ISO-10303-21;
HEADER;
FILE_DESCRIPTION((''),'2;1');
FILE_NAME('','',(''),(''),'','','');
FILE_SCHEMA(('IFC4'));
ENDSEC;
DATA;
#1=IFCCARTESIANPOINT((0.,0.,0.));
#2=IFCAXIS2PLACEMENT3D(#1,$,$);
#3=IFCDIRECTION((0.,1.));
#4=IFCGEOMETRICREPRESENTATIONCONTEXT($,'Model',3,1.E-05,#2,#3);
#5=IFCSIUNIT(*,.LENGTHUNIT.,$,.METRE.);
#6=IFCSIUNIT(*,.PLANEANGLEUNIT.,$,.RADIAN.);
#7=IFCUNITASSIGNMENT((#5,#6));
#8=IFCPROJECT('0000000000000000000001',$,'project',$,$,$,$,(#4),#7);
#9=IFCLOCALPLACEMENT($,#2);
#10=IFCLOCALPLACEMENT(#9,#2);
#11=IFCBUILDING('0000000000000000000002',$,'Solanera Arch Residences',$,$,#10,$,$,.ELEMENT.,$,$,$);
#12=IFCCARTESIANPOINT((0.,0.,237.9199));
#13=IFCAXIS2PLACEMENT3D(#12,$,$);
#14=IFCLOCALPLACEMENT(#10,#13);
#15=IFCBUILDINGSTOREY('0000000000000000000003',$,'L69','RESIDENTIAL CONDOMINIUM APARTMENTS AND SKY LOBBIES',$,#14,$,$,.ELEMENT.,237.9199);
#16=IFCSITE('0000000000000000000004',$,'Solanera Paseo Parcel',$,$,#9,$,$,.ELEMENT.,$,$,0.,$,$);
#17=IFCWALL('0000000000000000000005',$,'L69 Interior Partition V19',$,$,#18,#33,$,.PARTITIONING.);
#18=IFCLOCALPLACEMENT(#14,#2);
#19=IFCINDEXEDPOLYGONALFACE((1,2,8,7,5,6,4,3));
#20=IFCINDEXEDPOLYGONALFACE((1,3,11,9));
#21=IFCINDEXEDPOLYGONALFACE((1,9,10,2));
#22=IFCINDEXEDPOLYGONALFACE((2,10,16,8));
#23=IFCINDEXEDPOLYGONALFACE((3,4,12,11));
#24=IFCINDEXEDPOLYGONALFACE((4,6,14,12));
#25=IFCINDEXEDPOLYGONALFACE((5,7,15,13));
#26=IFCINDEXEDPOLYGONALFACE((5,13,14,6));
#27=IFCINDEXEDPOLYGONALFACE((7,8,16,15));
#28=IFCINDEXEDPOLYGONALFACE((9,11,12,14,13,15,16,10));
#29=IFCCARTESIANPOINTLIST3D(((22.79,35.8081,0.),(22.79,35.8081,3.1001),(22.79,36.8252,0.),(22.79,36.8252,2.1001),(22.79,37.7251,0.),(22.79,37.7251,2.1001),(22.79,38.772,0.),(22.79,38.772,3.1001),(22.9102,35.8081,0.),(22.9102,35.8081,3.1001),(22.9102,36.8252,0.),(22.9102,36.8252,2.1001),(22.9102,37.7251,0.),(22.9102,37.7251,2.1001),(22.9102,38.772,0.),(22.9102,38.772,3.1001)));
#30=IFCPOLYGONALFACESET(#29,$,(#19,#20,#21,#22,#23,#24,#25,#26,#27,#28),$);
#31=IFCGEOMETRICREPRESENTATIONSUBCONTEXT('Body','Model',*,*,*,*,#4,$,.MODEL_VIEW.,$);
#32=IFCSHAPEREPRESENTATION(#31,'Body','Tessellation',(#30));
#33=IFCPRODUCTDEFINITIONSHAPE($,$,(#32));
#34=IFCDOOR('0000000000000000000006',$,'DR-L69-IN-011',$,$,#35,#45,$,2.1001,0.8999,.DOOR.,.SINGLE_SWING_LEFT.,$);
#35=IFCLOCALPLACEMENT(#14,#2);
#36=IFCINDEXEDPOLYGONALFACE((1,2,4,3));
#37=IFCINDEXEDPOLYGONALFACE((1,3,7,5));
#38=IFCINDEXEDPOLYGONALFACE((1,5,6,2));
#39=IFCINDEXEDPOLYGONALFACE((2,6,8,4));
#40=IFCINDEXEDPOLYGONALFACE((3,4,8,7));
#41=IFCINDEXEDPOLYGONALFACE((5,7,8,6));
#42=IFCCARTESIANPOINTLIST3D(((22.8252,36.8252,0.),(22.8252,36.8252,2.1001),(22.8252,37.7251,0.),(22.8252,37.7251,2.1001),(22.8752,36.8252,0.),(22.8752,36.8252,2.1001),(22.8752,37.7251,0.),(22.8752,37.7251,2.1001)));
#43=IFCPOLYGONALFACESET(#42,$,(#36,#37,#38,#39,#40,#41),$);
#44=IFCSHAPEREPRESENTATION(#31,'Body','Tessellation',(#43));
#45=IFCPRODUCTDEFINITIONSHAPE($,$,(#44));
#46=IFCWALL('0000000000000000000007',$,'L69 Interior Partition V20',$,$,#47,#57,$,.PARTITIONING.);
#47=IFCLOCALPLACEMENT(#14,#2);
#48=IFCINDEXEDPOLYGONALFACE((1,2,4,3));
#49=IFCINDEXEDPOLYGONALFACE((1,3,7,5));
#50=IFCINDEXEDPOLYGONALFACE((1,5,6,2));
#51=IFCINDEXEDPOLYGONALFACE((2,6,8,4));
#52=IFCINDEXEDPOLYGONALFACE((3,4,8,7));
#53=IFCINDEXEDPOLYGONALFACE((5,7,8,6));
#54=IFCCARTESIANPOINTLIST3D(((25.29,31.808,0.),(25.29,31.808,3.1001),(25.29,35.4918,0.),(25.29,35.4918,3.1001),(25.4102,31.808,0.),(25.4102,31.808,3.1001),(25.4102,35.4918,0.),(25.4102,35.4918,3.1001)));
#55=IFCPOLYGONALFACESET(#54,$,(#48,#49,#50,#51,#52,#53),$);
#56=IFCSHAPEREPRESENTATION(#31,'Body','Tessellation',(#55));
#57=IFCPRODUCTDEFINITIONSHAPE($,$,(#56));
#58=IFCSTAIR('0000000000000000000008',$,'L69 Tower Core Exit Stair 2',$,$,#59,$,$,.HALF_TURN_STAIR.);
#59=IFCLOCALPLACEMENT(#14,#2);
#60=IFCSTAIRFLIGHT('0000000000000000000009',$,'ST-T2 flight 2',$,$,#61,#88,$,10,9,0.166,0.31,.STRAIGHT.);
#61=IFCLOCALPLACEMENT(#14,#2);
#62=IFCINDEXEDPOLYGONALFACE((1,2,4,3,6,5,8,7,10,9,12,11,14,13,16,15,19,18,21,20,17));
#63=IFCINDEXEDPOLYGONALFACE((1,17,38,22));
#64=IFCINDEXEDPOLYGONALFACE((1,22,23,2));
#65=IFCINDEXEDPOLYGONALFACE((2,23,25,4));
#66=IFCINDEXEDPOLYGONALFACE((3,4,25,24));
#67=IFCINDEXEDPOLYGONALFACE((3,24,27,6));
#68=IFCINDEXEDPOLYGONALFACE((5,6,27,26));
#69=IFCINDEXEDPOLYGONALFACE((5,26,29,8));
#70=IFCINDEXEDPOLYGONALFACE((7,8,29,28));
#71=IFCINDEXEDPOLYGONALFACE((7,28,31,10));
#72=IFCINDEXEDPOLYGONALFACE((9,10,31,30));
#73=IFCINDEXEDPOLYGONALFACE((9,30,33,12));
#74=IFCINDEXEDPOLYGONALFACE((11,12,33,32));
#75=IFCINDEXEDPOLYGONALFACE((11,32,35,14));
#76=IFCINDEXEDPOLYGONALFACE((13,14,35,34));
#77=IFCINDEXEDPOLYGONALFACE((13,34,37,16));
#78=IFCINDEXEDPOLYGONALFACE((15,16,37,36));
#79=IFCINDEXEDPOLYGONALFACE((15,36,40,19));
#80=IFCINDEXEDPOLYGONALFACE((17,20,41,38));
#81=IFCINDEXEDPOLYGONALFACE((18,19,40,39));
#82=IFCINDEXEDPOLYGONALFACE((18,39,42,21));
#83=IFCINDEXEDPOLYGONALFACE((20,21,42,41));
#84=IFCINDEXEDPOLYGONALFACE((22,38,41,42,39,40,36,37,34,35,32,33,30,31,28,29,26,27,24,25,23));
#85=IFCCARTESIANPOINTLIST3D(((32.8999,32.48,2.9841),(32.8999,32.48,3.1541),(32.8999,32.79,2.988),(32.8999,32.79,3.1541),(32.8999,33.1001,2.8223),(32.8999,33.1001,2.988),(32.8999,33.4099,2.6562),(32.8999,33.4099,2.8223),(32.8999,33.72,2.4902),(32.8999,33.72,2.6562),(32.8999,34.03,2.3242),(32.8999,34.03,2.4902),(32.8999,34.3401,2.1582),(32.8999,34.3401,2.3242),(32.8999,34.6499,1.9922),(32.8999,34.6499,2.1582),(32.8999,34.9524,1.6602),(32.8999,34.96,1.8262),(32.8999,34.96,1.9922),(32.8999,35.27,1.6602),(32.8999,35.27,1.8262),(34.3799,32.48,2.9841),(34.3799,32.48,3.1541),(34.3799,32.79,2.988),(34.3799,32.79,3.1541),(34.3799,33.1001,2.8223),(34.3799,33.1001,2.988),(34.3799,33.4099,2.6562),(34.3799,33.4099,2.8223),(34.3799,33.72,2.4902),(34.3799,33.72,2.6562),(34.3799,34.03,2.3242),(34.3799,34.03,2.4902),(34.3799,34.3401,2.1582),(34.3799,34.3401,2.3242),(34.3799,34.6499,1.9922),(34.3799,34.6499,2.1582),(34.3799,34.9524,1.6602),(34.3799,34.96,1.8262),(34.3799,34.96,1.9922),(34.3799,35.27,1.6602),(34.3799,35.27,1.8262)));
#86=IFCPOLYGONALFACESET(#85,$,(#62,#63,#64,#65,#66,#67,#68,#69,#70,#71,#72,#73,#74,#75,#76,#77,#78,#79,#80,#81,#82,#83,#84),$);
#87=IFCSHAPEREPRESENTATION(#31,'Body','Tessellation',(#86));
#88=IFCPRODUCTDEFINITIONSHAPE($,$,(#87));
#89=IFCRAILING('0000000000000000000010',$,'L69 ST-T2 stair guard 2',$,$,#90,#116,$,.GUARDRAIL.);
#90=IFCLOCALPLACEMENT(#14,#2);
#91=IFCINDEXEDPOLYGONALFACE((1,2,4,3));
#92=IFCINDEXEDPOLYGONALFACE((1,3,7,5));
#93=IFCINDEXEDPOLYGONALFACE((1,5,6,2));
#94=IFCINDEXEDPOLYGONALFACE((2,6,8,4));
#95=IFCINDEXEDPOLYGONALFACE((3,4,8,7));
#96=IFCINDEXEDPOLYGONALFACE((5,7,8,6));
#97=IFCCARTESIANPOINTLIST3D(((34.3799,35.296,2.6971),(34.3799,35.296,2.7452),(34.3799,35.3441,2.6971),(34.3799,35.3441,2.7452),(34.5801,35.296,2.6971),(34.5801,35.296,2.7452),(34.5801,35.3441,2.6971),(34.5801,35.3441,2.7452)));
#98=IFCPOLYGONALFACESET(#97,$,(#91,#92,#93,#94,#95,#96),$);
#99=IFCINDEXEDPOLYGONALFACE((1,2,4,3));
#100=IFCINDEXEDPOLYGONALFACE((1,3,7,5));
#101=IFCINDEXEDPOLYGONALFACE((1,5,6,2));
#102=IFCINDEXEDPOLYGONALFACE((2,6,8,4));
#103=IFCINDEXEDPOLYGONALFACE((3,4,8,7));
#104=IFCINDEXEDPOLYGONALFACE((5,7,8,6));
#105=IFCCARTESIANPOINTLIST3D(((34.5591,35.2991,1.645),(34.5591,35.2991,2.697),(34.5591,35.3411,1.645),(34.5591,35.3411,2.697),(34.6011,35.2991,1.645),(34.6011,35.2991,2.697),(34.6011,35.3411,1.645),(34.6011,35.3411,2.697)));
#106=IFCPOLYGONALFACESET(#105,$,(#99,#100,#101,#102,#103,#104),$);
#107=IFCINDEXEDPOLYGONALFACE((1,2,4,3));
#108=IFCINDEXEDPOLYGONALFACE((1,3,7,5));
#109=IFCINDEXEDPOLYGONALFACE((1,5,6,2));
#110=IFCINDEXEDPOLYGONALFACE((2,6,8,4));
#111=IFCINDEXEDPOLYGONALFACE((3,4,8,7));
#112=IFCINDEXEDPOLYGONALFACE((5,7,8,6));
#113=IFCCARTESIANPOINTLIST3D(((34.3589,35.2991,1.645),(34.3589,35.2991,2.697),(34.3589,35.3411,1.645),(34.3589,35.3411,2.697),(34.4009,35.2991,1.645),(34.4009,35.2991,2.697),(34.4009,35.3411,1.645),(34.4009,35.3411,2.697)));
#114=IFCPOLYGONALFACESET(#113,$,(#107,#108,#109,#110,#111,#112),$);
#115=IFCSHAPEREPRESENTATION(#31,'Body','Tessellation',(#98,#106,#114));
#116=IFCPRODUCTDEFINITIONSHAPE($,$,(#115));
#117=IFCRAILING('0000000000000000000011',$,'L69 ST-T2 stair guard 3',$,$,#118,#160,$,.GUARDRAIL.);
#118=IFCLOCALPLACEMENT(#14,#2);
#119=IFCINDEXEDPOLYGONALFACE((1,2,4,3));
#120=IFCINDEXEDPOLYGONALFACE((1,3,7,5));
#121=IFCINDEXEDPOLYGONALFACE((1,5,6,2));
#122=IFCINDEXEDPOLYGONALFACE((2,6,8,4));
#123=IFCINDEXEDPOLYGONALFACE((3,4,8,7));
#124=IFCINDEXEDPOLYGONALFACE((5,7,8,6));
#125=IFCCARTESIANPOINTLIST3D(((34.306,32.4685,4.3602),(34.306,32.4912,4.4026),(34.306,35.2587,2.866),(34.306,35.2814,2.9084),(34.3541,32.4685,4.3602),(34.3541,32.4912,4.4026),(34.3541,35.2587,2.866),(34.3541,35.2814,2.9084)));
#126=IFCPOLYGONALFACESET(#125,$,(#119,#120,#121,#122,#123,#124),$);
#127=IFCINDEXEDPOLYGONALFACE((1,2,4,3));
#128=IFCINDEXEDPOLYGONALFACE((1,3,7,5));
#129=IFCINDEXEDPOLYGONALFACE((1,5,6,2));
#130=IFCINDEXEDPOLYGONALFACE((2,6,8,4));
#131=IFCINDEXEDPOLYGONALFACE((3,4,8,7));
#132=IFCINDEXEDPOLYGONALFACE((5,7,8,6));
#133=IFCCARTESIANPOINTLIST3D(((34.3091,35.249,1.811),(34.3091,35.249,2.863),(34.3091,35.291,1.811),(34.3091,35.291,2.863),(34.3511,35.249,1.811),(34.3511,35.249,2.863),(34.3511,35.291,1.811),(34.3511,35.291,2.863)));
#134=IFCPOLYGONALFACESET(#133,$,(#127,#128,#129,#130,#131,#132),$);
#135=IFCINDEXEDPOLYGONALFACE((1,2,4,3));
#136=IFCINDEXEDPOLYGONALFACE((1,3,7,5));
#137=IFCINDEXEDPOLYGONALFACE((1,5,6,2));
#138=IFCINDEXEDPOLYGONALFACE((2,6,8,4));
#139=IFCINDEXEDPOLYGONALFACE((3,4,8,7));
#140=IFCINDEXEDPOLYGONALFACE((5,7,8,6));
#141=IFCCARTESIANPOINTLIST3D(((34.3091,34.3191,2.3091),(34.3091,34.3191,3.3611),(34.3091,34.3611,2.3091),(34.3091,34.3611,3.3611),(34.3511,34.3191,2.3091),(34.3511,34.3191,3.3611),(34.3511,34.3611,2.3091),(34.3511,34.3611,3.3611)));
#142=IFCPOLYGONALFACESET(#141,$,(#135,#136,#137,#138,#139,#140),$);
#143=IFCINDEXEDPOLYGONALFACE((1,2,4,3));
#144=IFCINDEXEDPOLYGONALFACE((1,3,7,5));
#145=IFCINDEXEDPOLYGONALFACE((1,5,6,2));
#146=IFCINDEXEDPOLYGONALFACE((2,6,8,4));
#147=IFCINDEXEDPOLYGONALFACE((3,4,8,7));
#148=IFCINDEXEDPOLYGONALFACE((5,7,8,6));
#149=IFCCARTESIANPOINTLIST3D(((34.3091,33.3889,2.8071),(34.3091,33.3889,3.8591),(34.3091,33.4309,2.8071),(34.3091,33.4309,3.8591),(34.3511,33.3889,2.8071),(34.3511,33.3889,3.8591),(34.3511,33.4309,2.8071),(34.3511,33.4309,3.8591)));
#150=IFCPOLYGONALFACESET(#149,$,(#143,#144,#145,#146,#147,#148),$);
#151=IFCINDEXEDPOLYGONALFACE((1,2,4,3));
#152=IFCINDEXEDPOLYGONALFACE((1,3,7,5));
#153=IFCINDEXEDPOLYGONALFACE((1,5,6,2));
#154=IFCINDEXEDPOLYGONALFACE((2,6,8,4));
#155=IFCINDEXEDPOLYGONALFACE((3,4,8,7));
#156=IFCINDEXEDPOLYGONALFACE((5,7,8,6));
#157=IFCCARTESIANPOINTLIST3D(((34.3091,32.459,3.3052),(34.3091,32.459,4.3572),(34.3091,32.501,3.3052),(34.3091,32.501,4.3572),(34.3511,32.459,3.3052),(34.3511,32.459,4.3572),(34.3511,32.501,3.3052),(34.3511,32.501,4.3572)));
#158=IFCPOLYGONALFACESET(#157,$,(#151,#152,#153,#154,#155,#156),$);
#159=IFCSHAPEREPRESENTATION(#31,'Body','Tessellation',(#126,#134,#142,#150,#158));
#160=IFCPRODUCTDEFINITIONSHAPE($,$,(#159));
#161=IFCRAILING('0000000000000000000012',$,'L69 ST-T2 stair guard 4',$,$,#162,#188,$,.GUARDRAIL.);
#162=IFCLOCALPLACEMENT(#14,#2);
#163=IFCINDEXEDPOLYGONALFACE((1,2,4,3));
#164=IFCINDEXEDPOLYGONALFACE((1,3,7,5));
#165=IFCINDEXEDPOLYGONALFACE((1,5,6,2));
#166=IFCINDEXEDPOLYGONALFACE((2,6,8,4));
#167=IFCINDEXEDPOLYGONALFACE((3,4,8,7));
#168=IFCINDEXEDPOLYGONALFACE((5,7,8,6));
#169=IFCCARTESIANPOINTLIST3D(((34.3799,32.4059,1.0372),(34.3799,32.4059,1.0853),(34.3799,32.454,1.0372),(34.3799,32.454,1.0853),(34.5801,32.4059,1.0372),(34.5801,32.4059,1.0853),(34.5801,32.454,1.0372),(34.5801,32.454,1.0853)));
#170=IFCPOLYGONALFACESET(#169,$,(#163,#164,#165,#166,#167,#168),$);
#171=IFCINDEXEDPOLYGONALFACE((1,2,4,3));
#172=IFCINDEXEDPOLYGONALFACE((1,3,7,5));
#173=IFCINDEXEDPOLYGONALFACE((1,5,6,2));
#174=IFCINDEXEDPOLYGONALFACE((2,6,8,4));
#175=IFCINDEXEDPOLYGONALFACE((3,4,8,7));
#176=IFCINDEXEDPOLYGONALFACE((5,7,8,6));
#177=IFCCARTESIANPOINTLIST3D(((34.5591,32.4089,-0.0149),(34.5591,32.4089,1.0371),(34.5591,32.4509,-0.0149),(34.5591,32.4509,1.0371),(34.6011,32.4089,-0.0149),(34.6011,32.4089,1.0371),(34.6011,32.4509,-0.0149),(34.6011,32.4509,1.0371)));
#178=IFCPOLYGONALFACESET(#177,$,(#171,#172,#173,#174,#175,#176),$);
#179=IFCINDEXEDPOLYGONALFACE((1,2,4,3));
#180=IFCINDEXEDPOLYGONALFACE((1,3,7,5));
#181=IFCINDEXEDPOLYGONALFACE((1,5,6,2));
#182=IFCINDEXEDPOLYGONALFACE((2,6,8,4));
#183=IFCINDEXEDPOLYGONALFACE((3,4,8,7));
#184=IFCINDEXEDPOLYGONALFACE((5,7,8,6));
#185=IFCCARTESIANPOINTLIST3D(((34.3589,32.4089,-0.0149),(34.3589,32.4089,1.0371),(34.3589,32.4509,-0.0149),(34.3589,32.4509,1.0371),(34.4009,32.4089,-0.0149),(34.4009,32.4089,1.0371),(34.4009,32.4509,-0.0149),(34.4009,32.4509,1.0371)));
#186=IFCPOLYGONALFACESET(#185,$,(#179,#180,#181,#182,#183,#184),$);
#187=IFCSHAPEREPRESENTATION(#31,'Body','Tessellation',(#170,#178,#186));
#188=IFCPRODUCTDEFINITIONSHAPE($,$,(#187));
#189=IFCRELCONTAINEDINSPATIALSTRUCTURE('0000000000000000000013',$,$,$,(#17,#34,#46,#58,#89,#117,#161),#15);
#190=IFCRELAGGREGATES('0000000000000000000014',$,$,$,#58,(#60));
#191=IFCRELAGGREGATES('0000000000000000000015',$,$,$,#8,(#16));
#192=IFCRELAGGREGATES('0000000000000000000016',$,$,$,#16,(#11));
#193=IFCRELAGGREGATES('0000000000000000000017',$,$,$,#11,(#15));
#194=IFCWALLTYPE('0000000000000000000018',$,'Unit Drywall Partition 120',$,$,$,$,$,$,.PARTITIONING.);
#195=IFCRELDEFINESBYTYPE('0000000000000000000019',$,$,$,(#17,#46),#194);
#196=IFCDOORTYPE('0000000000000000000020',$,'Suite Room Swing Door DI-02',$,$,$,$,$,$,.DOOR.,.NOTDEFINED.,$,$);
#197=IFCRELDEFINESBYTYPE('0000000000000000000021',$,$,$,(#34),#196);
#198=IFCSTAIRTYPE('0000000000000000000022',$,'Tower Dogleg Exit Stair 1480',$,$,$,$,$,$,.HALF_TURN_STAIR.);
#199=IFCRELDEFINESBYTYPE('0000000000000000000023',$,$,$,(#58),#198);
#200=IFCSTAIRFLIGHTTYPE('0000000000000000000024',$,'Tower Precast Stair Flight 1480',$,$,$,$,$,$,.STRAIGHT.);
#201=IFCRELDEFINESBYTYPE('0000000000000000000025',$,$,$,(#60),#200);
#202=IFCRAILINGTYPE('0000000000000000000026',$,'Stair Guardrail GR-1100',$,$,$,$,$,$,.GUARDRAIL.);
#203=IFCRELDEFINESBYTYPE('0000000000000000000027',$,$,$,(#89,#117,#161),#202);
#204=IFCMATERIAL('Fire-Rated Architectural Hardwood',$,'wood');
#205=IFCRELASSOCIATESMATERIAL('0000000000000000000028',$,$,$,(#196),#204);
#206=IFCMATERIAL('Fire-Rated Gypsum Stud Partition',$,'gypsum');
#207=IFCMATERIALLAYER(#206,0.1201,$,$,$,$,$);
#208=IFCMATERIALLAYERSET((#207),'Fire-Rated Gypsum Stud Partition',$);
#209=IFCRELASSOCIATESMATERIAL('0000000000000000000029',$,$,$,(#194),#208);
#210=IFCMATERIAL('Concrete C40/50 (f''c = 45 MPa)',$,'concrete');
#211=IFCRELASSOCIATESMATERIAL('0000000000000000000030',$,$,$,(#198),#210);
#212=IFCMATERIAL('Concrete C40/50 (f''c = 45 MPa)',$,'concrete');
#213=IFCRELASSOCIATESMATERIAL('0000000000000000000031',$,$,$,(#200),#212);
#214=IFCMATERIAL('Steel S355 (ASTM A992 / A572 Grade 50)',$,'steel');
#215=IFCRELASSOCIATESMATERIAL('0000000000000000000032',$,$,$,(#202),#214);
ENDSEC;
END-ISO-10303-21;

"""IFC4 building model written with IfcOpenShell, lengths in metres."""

from ifc_helpers import new_model, si_unit, direction, frame, frame_2d, origin, origin_2d, place, context, subcontext, project, spatial, polyline, rectangle, outline, extrude, material, layer, layer_set, type_object, element, fill, aggregate, save


model = new_model("IFC4")

# Units and contexts
model_context = context("Model", 3, precision=1e-05, world=origin(), true_north=direction((0.0, 1.0)))
body_context = subcontext(model_context, "Body", "Model", "MODEL_VIEW")
ifc_project = project(units=[si_unit("LENGTHUNIT", "METRE"), si_unit("PLANEANGLEUNIT", "RADIAN")], contexts=[model_context])

# Site, building, storey
site_placement = place(None, origin())
site = spatial("IfcSite", under=ifc_project, at=site_placement, Name="Solanera Paseo Parcel", CompositionType="ELEMENT", RefElevation=0.0)
building_placement = place(site_placement, origin())
building = spatial("IfcBuilding", under=site, at=building_placement, Name="Solanera Arch Residences", CompositionType="ELEMENT")
storey_placement = place(building_placement, frame((0.0, 0.0, 237.9199)))
storey = spatial("IfcBuildingStorey", under=building, at=storey_placement, Name="L69", Description="RESIDENTIAL CONDOMINIUM APARTMENTS AND SKY LOBBIES", CompositionType="ELEMENT", Elevation=237.9199)

# Shared definitions
ifc_material_1 = material(Name="Fire-Rated Architectural Hardwood", Category="wood")
door_type_1 = type_object("IfcDoorType", Name="Suite Room Swing Door DI-02", OperationType="NOTDEFINED", PredefinedType="DOOR", material=ifc_material_1)

# Wall, opening, door
ifc_material_2 = material(Name="Fire-Rated Gypsum Stud Partition", Category="gypsum")
ifc_layer_1 = layer(ifc_material_2, 0.1201)
ifc_layer_set_1 = layer_set([ifc_layer_1], Name="Fire-Rated Gypsum Stud Partition")
wall_type_1 = type_object("IfcWallType", Name="Unit Drywall Partition 120", PredefinedType="PARTITIONING", material=ifc_layer_set_1)
wall_1_placement = place(storey_placement, frame((22.8501, 35.8081, 0.0), z_axis=(0.0, 0.0, 1.0), x_axis=(0.0, 1.0, 0.0)))
wall_1 = element("IfcWall", 1, at=wall_1_placement, inside=storey, type_object=wall_type_1, Name="L69 Interior Partition V19", PredefinedType="PARTITIONING", context=body_context, shape_type="SweptSolid", body=[
    extrude(rectangle(XDim=2.9639, YDim=0.1201, at=frame_2d((1.4819, 0.0))), origin(), (0.0, 0.0, 1.0), 3.1001),
])
opening_1_placement = place(wall_1_placement, frame((1.0171, 0.0, 0.0)))
opening_1 = element("IfcOpeningElement", 2, at=opening_1_placement, cuts=wall_1, PredefinedType="OPENING", context=body_context, shape_type="SweptSolid", body=[
    extrude(rectangle(XDim=0.8999, YDim=2.1001, at=frame_2d((0.45, 1.05))), frame((0.0, 0.0701, 0.0), z_axis=(0.0, -1.0, 0.0), x_axis=(1.0, 0.0, 0.0)), (0.0, 0.0, 1.0), 0.1401),
])
door_1_placement = place(opening_1_placement, origin())
door_1 = element("IfcDoor", 3, at=door_1_placement, inside=storey, type_object=door_type_1, Name="DR-L69-IN-011", OperationType="SINGLE_SWING_LEFT", OverallHeight=2.1001, OverallWidth=0.8999, PredefinedType="DOOR", context=body_context, shape_type="SweptSolid", body=[
    extrude(rectangle(XDim=0.8999, YDim=2.1001, at=frame_2d((0.45, 1.05))), frame((0.0, 0.0249, 0.0), z_axis=(0.0, -1.0, 0.0), x_axis=(1.0, 0.0, 0.0)), (0.0, 0.0, 1.0), 0.05),
])
fill(opening_1, door_1)

# Wall
wall_2_placement = place(storey_placement, frame((25.3501, 31.8081, 0.0), z_axis=(0.0, 0.0, 1.0), x_axis=(0.0, 1.0, 0.0)))
element("IfcWall", 4, at=wall_2_placement, inside=storey, type_object=wall_type_1, Name="L69 Interior Partition V20", PredefinedType="PARTITIONING", context=body_context, shape_type="SweptSolid", body=[
    extrude(rectangle(XDim=3.6838, YDim=0.1201, at=frame_2d((1.8418, 0.0))), origin(), (0.0, 0.0, 1.0), 3.1001),
])

# Stair, stair flight
ifc_material_3 = material(Name="Concrete C40/50 (f'c = 45 MPa)", Category="concrete")
stair_type = type_object("IfcStairType", Name="Tower Dogleg Exit Stair 1480", PredefinedType="HALF_TURN_STAIR", material=ifc_material_3)
stair_placement = place(storey_placement, origin())
stair = element("IfcStair", 5, at=stair_placement, inside=storey, type_object=stair_type, Name="L69 Tower Core Exit Stair 2", PredefinedType="HALF_TURN_STAIR")
ifc_material_4 = material(Name="Concrete C40/50 (f'c = 45 MPa)", Category="concrete")
stair_flight_type = type_object("IfcStairFlightType", Name="Tower Precast Stair Flight 1480", PredefinedType="STRAIGHT", material=ifc_material_4)
stair_flight_placement = place(storey_placement, frame((33.6399, 35.27, 1.6602), z_axis=(0.0, 0.0, 1.0), x_axis=(0.0, -1.0, 0.0)))
stair_flight = element("IfcStairFlight", 6, at=stair_flight_placement, type_object=stair_flight_type, Name="ST-T2 flight 2", NumberOfRisers=10, NumberOfTreads=9, PredefinedType="STRAIGHT", RiserHeight=0.166, TreadLength=0.31, context=body_context, shape_type="SweptSolid", body=[
    extrude(outline(polyline([(0.0, 0.0), (0.0, 0.166), (0.3101, 0.166), (0.3101, 0.332), (0.6201, 0.332), (0.6201, 0.498), (0.9299, 0.498), (0.9299, 0.6641), (1.24, 0.6641), (1.24, 0.8301), (1.55, 0.8301), (1.55, 0.9961), (1.8601, 0.9961), (1.8601, 1.1621), (2.1699, 1.1621), (2.1699, 1.3279), (2.48, 1.3279), (2.48, 1.4939), (2.79, 1.4939), (2.79, 1.6599), (2.79, 1.324), (0.3176, 0.0), (0.0, 0.0)])), frame((0.0, 0.74, 0.0), z_axis=(0.0, -1.0, 0.0), x_axis=(1.0, 0.0, 0.0)), (0.0, 0.0, 1.0), 1.48),
])
aggregate(stair, [stair_flight])

# Railings
ifc_material_5 = material(Name="Steel S355 (ASTM A992 / A572 Grade 50)", Category="steel")
railing_type_1 = type_object("IfcRailingType", Name="Stair Guardrail GR-1100", PredefinedType="GUARDRAIL", material=ifc_material_5)
railing_1_placement = place(storey_placement, frame((34.5801, 35.3201, 1.645)))
element("IfcRailing", 7, at=railing_1_placement, inside=storey, type_object=railing_type_1, Name="L69 ST-T2 stair guard 2", PredefinedType="GUARDRAIL", context=body_context, shape_type="SweptSolid", body=[
    extrude(rectangle(XDim=0.0481, YDim=0.0481, at=origin_2d()), frame((0.0, 0.0, 1.0762), z_axis=(-1.0, 0.0, 0.0), x_axis=(0.0, -1.0, 0.0)), (0.0, 0.0, 1.0), 0.2002),
    extrude(rectangle(XDim=0.042, YDim=0.042, at=origin_2d()), origin(), (0.0, 0.0, 1.0), 1.052),
    extrude(rectangle(XDim=0.042, YDim=0.042, at=origin_2d()), frame((-0.2002, 0.0, 0.0)), (0.0, 0.0, 1.0), 1.052),
])
railing_2_placement = place(storey_placement, frame((34.3301, 35.27, 1.811)))
element("IfcRailing", 8, at=railing_2_placement, inside=storey, type_object=railing_type_1, Name="L69 ST-T2 stair guard 3", PredefinedType="GUARDRAIL", context=body_context, shape_type="SweptSolid", body=[
    extrude(rectangle(XDim=0.0481, YDim=0.0481, at=origin_2d()), frame((0.0, 0.0, 1.0762), z_axis=(0.0, -0.881549, 0.472093), x_axis=(1.0, 0.0, 0.0)), (0.0, 0.0, 1.0), 3.165),
    extrude(rectangle(XDim=0.042, YDim=0.042, at=origin_2d()), origin(), (0.0, 0.0, 1.0), 1.052),
    extrude(rectangle(XDim=0.042, YDim=0.042, at=origin_2d()), frame((0.0, -0.9299, 0.498)), (0.0, 0.0, 1.0), 1.052),
    extrude(rectangle(XDim=0.042, YDim=0.042, at=origin_2d()), frame((0.0, -1.8601, 0.9961)), (0.0, 0.0, 1.0), 1.052),
    extrude(rectangle(XDim=0.042, YDim=0.042, at=origin_2d()), frame((0.0, -2.79, 1.4941)), (0.0, 0.0, 1.0), 1.052),
])
railing_3_placement = place(storey_placement, frame((34.5801, 32.4299, -0.0149)))
element("IfcRailing", 9, at=railing_3_placement, inside=storey, type_object=railing_type_1, Name="L69 ST-T2 stair guard 4", PredefinedType="GUARDRAIL", context=body_context, shape_type="SweptSolid", body=[
    extrude(rectangle(XDim=0.0481, YDim=0.0481, at=origin_2d()), frame((0.0, 0.0, 1.0762), z_axis=(-1.0, 0.0, 0.0), x_axis=(0.0, -1.0, 0.0)), (0.0, 0.0, 1.0), 0.2002),
    extrude(rectangle(XDim=0.042, YDim=0.042, at=origin_2d()), origin(), (0.0, 0.0, 1.0), 1.052),
    extrude(rectangle(XDim=0.042, YDim=0.042, at=origin_2d()), frame((-0.2002, 0.0, 0.0)), (0.0, 0.0, 1.0), 1.052),
])

save(model, "model.ifc")
